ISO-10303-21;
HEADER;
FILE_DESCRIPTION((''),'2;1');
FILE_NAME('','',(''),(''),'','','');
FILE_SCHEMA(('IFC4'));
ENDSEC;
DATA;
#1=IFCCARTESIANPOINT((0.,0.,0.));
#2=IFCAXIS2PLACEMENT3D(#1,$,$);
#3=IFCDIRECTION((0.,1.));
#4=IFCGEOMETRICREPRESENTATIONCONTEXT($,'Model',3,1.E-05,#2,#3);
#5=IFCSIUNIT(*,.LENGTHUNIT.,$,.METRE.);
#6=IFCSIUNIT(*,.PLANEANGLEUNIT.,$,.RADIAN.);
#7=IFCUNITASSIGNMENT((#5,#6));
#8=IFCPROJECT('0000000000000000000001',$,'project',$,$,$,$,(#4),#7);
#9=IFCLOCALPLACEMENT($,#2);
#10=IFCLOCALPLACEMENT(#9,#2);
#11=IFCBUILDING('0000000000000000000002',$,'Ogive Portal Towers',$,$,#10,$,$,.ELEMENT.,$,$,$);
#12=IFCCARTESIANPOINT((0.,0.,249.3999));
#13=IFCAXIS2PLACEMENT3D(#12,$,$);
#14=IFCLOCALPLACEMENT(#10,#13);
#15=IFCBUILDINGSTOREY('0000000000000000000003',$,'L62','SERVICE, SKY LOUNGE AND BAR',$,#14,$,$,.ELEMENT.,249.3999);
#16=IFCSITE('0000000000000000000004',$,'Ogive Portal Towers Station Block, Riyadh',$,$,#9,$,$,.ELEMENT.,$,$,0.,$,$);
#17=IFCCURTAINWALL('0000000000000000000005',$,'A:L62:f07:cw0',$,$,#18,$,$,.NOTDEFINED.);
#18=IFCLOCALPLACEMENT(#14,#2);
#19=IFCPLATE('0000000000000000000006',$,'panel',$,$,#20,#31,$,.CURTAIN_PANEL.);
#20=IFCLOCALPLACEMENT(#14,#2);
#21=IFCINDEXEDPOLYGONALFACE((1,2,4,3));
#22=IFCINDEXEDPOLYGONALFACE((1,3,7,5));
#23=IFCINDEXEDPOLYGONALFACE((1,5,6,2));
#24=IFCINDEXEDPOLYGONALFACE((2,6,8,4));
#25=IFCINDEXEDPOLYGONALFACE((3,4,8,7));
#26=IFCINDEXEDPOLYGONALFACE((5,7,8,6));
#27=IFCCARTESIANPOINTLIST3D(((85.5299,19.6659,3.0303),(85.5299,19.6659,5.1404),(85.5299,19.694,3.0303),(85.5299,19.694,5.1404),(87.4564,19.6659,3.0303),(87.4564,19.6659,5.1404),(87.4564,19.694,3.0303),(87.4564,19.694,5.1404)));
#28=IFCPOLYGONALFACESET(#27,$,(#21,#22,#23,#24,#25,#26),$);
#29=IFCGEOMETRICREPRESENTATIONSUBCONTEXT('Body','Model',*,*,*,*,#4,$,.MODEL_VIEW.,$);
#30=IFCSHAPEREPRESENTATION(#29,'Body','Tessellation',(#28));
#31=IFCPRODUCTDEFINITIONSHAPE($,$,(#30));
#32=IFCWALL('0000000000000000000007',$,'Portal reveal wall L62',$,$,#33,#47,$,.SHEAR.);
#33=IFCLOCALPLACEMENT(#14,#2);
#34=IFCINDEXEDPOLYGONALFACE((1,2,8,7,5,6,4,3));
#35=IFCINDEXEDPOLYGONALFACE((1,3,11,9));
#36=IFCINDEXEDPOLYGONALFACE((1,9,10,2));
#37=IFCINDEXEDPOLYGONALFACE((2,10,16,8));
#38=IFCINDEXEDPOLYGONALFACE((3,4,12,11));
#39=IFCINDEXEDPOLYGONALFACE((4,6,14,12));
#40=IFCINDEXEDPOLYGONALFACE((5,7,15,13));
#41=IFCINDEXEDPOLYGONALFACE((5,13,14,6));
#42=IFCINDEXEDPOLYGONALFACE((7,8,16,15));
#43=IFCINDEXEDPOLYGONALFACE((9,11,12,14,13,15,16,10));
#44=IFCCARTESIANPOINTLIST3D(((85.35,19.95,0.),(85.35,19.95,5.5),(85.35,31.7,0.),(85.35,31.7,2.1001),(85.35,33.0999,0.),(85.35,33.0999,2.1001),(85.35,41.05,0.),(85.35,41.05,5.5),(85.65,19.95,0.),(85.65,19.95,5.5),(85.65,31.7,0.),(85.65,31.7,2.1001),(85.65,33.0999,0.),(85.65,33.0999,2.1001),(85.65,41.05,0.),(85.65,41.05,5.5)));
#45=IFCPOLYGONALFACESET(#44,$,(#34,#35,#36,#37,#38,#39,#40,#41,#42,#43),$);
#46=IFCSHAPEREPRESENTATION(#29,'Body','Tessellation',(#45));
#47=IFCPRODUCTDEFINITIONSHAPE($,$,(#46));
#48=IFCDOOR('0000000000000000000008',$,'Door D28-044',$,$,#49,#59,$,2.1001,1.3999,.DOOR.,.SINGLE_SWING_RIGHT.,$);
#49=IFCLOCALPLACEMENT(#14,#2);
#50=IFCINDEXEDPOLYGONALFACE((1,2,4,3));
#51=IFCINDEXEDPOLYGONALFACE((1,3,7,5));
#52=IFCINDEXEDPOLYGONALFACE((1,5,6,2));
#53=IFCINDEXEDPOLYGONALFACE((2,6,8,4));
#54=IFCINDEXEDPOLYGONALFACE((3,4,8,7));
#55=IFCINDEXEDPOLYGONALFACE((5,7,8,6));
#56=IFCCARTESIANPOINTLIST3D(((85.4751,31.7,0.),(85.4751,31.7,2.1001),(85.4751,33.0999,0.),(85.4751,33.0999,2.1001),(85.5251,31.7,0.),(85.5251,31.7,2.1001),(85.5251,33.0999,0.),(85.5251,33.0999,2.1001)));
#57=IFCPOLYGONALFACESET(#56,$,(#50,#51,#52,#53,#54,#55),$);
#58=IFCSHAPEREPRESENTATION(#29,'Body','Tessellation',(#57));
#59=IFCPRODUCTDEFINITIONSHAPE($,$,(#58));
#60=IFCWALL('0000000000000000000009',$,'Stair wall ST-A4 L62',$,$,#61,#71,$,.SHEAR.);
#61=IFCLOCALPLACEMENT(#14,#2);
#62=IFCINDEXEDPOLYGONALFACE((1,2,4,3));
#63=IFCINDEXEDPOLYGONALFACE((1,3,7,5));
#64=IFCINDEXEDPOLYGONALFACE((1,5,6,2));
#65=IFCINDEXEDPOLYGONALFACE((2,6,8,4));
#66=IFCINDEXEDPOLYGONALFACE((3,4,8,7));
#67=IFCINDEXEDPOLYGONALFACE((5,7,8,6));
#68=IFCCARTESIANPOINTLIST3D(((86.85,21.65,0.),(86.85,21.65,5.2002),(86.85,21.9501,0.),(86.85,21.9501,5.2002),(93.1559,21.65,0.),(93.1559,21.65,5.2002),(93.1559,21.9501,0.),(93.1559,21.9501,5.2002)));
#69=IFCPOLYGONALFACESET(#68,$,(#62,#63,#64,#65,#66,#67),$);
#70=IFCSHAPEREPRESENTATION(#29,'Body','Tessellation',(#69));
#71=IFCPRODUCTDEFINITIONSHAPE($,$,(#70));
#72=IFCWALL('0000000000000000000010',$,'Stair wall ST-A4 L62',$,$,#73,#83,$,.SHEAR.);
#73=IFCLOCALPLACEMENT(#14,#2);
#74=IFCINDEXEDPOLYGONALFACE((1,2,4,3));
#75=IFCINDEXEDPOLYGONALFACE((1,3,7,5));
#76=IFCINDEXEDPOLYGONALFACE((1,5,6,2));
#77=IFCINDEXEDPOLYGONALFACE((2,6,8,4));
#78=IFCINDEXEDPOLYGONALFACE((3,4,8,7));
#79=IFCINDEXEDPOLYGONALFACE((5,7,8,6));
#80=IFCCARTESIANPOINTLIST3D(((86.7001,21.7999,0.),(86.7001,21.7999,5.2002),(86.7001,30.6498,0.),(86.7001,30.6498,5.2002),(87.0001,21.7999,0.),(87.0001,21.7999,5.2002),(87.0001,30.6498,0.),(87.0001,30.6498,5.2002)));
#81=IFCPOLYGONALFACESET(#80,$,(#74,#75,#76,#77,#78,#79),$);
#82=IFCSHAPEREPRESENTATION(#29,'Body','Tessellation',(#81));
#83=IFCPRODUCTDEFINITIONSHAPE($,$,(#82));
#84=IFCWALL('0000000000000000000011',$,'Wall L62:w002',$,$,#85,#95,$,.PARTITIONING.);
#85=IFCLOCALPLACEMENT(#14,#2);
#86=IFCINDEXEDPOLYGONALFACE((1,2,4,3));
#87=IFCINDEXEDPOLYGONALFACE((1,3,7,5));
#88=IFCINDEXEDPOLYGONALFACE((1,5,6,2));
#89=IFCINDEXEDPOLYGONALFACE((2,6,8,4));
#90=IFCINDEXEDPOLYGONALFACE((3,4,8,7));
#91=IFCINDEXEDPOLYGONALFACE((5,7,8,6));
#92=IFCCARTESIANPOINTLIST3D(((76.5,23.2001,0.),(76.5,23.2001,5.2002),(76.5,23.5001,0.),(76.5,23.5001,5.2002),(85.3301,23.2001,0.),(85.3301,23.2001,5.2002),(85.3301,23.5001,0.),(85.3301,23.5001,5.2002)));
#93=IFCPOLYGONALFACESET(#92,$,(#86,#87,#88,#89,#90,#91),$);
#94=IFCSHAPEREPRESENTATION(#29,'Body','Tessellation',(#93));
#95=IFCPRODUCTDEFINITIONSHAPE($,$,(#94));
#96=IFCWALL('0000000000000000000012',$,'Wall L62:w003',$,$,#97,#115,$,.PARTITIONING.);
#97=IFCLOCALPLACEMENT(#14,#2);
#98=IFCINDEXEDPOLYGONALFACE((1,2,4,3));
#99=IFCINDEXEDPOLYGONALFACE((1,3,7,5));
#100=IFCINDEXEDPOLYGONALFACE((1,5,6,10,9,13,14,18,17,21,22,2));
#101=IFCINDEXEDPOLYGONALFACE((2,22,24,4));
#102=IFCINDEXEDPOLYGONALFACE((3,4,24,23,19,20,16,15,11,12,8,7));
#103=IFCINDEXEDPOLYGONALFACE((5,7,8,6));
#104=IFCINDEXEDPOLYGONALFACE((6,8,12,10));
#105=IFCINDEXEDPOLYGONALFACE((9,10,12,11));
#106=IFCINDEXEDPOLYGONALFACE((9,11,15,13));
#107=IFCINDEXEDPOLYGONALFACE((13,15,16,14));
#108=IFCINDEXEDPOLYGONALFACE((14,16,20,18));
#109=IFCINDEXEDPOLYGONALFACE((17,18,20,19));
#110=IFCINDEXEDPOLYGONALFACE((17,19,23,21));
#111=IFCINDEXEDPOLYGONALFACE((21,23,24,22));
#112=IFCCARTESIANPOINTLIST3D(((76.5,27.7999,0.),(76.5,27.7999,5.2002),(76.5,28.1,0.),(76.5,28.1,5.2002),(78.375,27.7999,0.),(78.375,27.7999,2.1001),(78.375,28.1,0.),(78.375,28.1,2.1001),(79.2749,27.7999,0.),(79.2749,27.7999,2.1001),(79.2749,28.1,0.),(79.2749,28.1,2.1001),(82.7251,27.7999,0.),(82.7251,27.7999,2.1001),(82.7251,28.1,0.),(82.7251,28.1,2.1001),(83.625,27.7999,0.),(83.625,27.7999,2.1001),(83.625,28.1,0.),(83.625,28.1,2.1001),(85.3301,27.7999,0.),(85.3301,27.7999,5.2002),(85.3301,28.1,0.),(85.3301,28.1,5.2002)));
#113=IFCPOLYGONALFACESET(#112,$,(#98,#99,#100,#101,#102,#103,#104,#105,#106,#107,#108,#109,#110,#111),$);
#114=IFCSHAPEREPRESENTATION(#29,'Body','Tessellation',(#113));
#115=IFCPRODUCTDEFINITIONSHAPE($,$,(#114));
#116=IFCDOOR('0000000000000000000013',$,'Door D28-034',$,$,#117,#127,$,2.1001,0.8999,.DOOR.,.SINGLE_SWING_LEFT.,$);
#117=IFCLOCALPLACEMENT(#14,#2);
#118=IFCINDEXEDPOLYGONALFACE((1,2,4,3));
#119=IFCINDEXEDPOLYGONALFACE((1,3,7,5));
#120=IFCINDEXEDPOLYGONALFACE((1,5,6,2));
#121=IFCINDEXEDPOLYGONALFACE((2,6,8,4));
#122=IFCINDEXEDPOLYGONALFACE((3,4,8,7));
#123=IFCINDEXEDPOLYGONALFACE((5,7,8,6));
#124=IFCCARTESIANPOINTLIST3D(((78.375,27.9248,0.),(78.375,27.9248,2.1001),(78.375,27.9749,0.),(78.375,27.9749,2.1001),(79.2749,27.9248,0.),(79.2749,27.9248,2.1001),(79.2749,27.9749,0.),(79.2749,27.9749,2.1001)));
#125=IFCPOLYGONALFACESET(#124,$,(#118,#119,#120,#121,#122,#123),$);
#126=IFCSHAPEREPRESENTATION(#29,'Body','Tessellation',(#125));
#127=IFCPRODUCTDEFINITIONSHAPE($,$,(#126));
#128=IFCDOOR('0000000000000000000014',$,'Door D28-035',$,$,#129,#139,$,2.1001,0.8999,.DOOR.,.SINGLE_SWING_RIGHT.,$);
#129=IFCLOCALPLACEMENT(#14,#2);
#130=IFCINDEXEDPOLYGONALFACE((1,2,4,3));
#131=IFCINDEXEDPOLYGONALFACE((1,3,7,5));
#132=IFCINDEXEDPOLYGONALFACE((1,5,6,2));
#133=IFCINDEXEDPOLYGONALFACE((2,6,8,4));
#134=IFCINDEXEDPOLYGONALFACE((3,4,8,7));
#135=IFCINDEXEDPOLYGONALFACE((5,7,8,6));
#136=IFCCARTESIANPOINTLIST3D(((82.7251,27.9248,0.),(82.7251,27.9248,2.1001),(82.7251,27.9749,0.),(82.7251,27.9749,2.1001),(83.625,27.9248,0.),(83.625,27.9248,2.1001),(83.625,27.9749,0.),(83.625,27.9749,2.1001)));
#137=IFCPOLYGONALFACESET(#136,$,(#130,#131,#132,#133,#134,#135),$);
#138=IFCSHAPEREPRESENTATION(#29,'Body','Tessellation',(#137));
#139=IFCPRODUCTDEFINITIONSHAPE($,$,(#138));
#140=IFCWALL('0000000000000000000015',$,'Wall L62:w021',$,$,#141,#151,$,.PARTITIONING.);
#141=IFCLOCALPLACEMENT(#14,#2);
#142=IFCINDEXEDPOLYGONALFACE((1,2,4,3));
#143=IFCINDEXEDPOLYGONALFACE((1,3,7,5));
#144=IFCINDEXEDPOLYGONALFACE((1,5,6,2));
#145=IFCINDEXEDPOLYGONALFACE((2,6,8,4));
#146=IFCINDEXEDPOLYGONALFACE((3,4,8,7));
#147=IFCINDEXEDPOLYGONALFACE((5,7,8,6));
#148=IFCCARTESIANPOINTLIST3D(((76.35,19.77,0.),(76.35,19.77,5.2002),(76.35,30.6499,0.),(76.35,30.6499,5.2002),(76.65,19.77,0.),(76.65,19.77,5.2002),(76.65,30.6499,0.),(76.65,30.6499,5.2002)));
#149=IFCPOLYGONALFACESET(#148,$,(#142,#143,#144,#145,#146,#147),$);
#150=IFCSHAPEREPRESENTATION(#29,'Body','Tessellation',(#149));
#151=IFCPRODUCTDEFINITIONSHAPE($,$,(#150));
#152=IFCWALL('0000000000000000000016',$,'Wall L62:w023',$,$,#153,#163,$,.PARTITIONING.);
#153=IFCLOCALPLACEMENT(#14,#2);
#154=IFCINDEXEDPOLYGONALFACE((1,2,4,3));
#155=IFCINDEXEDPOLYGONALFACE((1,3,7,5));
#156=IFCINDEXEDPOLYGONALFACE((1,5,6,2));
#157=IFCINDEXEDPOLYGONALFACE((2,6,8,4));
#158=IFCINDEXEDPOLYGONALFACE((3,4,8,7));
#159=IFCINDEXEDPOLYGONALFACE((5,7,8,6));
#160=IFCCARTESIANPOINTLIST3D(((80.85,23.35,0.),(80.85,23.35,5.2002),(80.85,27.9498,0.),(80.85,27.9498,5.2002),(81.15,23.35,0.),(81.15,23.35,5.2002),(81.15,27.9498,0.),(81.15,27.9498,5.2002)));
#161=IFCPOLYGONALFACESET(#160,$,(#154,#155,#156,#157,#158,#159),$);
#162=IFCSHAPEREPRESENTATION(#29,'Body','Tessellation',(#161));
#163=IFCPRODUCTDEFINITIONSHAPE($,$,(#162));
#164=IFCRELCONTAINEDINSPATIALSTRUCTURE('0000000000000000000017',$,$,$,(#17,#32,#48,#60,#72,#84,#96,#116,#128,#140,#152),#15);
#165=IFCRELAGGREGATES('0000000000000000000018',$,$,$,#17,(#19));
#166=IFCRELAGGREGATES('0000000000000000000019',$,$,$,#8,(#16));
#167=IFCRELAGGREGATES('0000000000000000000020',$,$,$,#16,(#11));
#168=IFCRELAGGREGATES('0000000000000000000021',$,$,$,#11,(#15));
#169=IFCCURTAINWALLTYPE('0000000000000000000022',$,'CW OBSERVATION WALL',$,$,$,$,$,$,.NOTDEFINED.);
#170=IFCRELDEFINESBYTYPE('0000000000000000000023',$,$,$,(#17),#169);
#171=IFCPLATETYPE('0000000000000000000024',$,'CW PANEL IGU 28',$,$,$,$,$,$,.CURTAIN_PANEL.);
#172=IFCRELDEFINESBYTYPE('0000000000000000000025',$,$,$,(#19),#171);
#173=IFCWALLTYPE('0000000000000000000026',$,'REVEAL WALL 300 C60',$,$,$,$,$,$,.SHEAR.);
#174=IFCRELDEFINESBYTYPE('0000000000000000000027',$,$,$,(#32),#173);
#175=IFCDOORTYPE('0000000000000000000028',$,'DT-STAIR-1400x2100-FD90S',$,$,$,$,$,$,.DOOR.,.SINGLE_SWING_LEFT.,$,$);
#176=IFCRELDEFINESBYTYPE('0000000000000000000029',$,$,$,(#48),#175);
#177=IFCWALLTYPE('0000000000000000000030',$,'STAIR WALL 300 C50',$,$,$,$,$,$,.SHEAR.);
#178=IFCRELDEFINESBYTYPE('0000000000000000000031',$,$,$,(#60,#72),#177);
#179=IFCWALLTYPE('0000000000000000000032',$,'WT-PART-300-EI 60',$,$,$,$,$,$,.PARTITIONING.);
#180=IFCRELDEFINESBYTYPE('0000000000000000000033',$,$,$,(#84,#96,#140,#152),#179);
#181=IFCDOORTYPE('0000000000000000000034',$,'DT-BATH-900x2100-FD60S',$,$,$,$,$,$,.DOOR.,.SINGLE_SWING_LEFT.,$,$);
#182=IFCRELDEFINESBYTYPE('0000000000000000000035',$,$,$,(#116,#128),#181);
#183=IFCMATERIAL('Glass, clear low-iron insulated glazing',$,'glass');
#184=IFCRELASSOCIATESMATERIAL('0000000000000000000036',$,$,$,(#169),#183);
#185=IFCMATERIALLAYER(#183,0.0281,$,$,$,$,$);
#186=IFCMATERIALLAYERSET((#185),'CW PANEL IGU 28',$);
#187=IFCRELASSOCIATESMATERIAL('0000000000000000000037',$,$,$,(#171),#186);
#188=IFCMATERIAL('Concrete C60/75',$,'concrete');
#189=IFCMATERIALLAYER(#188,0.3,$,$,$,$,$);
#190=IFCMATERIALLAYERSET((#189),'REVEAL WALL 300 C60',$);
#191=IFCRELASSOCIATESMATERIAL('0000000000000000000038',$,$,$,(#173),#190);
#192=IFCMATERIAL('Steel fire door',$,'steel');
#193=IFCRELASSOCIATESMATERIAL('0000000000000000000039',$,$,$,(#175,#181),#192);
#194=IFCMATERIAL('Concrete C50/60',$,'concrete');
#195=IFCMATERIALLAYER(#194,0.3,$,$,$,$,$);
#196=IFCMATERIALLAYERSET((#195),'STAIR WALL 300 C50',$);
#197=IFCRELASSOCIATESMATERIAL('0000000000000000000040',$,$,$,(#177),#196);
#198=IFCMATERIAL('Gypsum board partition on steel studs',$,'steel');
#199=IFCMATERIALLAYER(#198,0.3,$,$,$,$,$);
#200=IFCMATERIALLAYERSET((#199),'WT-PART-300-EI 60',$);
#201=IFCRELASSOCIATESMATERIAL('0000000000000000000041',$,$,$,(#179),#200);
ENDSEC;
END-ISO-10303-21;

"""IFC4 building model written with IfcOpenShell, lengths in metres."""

from ifc_helpers import new_model, si_unit, direction, frame, frame_2d, origin, origin_2d, place, context, subcontext, project, spatial, rectangle, extrude, material, layer, layer_set, type_object, element, fill, aggregate, save


model = new_model("IFC4")

# Units and contexts
model_context = context("Model", 3, precision=1e-05, world=origin(), true_north=direction((0.0, 1.0)))
body_context = subcontext(model_context, "Body", "Model", "MODEL_VIEW")
ifc_project = project(units=[si_unit("LENGTHUNIT", "METRE"), si_unit("PLANEANGLEUNIT", "RADIAN")], contexts=[model_context])

# Site, building, storey
site_placement = place(None, origin())
site = spatial("IfcSite", under=ifc_project, at=site_placement, Name="Ogive Portal Towers Station Block, Riyadh", CompositionType="ELEMENT", RefElevation=0.0)
building_placement = place(site_placement, origin())
building = spatial("IfcBuilding", under=site, at=building_placement, Name="Ogive Portal Towers", CompositionType="ELEMENT")
storey_placement = place(building_placement, frame((0.0, 0.0, 249.3999)))
storey = spatial("IfcBuildingStorey", under=building, at=storey_placement, Name="L62", Description="SERVICE, SKY LOUNGE AND BAR", CompositionType="ELEMENT", Elevation=249.3999)

# Shared definitions
ifc_material_1 = material(Name="Concrete C60/75", Category="concrete")

# Curtain wall, plate
ifc_material_2 = material(Name="Glass, clear low-iron insulated glazing", Category="glass")
curtain_wall_type = type_object("IfcCurtainWallType", Name="CW OBSERVATION WALL", PredefinedType="NOTDEFINED", material=ifc_material_2)
curtain_wall_placement = place(storey_placement, origin())
curtain_wall = element("IfcCurtainWall", 1, at=curtain_wall_placement, inside=storey, type_object=curtain_wall_type, Name="A:L62:f07:cw0", PredefinedType="NOTDEFINED")
ifc_layer_1 = layer(ifc_material_2, 0.0281)
ifc_layer_set_1 = layer_set([ifc_layer_1], Name="CW PANEL IGU 28")
plate_type = type_object("IfcPlateType", Name="CW PANEL IGU 28", PredefinedType="CURTAIN_PANEL", material=ifc_layer_set_1)
plate_1_placement = place(storey_placement, frame((86.4932, 19.6799, 3.0303), z_axis=(0.0, 0.0, 1.0), x_axis=(1.0, 0.0, 0.0)))
plate_1 = element("IfcPlate", 2, at=plate_1_placement, type_object=plate_type, Name="panel", PredefinedType="CURTAIN_PANEL", context=body_context, shape_type="SweptSolid", body=[
    extrude(rectangle(XDim=1.9265, YDim=0.0281, at=origin_2d()), origin(), (0.0, 0.0, 1.0), 2.1101),
])
aggregate(curtain_wall, [plate_1])

# Wall, opening, door
ifc_layer_2 = layer(ifc_material_1, 0.3)
ifc_layer_set_2 = layer_set([ifc_layer_2], Name="REVEAL WALL 300 C60")
wall_type_1 = type_object("IfcWallType", Name="REVEAL WALL 300 C60", PredefinedType="SHEAR", material=ifc_layer_set_2)
wall_1_placement = place(storey_placement, frame((85.5, 19.95, 0.0), z_axis=(0.0, 0.0, 1.0), x_axis=(0.0, 1.0, 0.0)))
wall_1 = element("IfcWall", 3, at=wall_1_placement, inside=storey, type_object=wall_type_1, Name="Portal reveal wall L62", PredefinedType="SHEAR", context=body_context, shape_type="SweptSolid", body=[
    extrude(rectangle(XDim=21.1001, YDim=0.3, at=frame_2d((10.55, 0.0))), origin(), (0.0, 0.0, 1.0), 5.5),
])
opening_1_placement = place(wall_1_placement, frame((11.75, 0.0, 0.0)))
opening_1 = element("IfcOpeningElement", 4, at=opening_1_placement, cuts=wall_1, PredefinedType="OPENING", context=body_context, shape_type="SweptSolid", body=[
    extrude(rectangle(XDim=1.3999, YDim=2.1001, at=frame_2d((0.7, 1.05))), frame((0.0, 0.1602, 0.0), z_axis=(0.0, -1.0, 0.0), x_axis=(1.0, 0.0, 0.0)), (0.0, 0.0, 1.0), 0.3201),
])
ifc_material_3 = material(Name="Steel fire door", Category="steel")
door_type_1 = type_object("IfcDoorType", Name="DT-STAIR-1400x2100-FD90S", OperationType="SINGLE_SWING_LEFT", PredefinedType="DOOR", material=ifc_material_3)
door_1_placement = place(opening_1_placement, origin())
door_1 = element("IfcDoor", 5, at=door_1_placement, inside=storey, type_object=door_type_1, Name="Door D28-044", OperationType="SINGLE_SWING_RIGHT", OverallHeight=2.1001, OverallWidth=1.3999, PredefinedType="DOOR", context=body_context, shape_type="SweptSolid", body=[
    extrude(rectangle(XDim=1.3999, YDim=2.1001, at=frame_2d((0.7, 1.05))), frame((0.0, 0.0249, 0.0), z_axis=(0.0, -1.0, 0.0), x_axis=(1.0, 0.0, 0.0)), (0.0, 0.0, 1.0), 0.05),
])
fill(opening_1, door_1)

# Walls
ifc_material_4 = material(Name="Concrete C50/60", Category="concrete")
ifc_layer_3 = layer(ifc_material_4, 0.3)
ifc_layer_set_3 = layer_set([ifc_layer_3], Name="STAIR WALL 300 C50")
wall_type_2 = type_object("IfcWallType", Name="STAIR WALL 300 C50", PredefinedType="SHEAR", material=ifc_layer_set_3)
wall_2_placement = place(storey_placement, frame((86.8501, 21.8, 0.0), z_axis=(0.0, 0.0, 1.0), x_axis=(1.0, 0.0, 0.0)))
element("IfcWall", 6, at=wall_2_placement, inside=storey, type_object=wall_type_2, Name="Stair wall ST-A4 L62", PredefinedType="SHEAR", context=body_context, shape_type="SweptSolid", body=[
    extrude(rectangle(XDim=6.3059, YDim=0.3, at=frame_2d((3.1528, 0.0))), origin(), (0.0, 0.0, 1.0), 5.2002),
])
wall_3_placement = place(storey_placement, frame((86.8501, 21.8, 0.0), z_axis=(0.0, 0.0, 1.0), x_axis=(0.0, 1.0, 0.0)))
element("IfcWall", 7, at=wall_3_placement, inside=storey, type_object=wall_type_2, Name="Stair wall ST-A4 L62", PredefinedType="SHEAR", context=body_context, shape_type="SweptSolid", body=[
    extrude(rectangle(XDim=8.8499, YDim=0.3, at=frame_2d((4.4248, 0.0))), origin(), (0.0, 0.0, 1.0), 5.2002),
])
ifc_material_5 = material(Name="Gypsum board partition on steel studs", Category="steel")
ifc_layer_4 = layer(ifc_material_5, 0.3)
ifc_layer_set_4 = layer_set([ifc_layer_4], Name="WT-PART-300-EI 60")
wall_type_3 = type_object("IfcWallType", Name="WT-PART-300-EI 60", PredefinedType="PARTITIONING", material=ifc_layer_set_4)
wall_4_placement = place(storey_placement, frame((76.5, 23.3501, 0.0), z_axis=(0.0, 0.0, 1.0), x_axis=(1.0, 0.0, 0.0)))
element("IfcWall", 8, at=wall_4_placement, inside=storey, type_object=wall_type_3, Name="Wall L62:w002", PredefinedType="PARTITIONING", context=body_context, shape_type="SweptSolid", body=[
    extrude(rectangle(XDim=8.8301, YDim=0.3, at=frame_2d((4.415, 0.0))), origin(), (0.0, 0.0, 1.0), 5.2002),
])

# Wall, openings, doors
wall_5_placement = place(storey_placement, frame((76.5, 27.95, 0.0), z_axis=(0.0, 0.0, 1.0), x_axis=(1.0, 0.0, 0.0)))
wall_5 = element("IfcWall", 9, at=wall_5_placement, inside=storey, type_object=wall_type_3, Name="Wall L62:w003", PredefinedType="PARTITIONING", context=body_context, shape_type="SweptSolid", body=[
    extrude(rectangle(XDim=8.8301, YDim=0.3, at=frame_2d((4.415, 0.0))), origin(), (0.0, 0.0, 1.0), 5.2002),
])
opening_2_placement = place(wall_5_placement, frame((1.875, 0.0, 0.0)))
opening_2 = element("IfcOpeningElement", 10, at=opening_2_placement, cuts=wall_5, PredefinedType="OPENING", context=body_context, shape_type="SweptSolid", body=[
    extrude(rectangle(XDim=0.8999, YDim=2.1001, at=frame_2d((0.45, 1.05))), frame((0.0, 0.1602, 0.0), z_axis=(0.0, -1.0, 0.0), x_axis=(1.0, 0.0, 0.0)), (0.0, 0.0, 1.0), 0.3201),
])
opening_3_placement = place(wall_5_placement, frame((6.2251, 0.0, 0.0)))
opening_3 = element("IfcOpeningElement", 11, at=opening_3_placement, cuts=wall_5, PredefinedType="OPENING", context=body_context, shape_type="SweptSolid", body=[
    extrude(rectangle(XDim=0.8999, YDim=2.1001, at=frame_2d((0.45, 1.05))), frame((0.0, 0.1602, 0.0), z_axis=(0.0, -1.0, 0.0), x_axis=(1.0, 0.0, 0.0)), (0.0, 0.0, 1.0), 0.3201),
])
door_type_2 = type_object("IfcDoorType", Name="DT-BATH-900x2100-FD60S", OperationType="SINGLE_SWING_LEFT", PredefinedType="DOOR", material=ifc_material_3)
door_2_placement = place(opening_2_placement, origin())
door_2 = element("IfcDoor", 12, at=door_2_placement, inside=storey, type_object=door_type_2, Name="Door D28-034", OperationType="SINGLE_SWING_LEFT", OverallHeight=2.1001, OverallWidth=0.8999, PredefinedType="DOOR", context=body_context, shape_type="SweptSolid", body=[
    extrude(rectangle(XDim=0.8999, YDim=2.1001, at=frame_2d((0.45, 1.05))), frame((0.0, 0.0249, 0.0), z_axis=(0.0, -1.0, 0.0), x_axis=(1.0, 0.0, 0.0)), (0.0, 0.0, 1.0), 0.05),
])
fill(opening_2, door_2)
door_3_placement = place(opening_3_placement, origin())
door_3 = element("IfcDoor", 13, at=door_3_placement, inside=storey, type_object=door_type_2, Name="Door D28-035", OperationType="SINGLE_SWING_RIGHT", OverallHeight=2.1001, OverallWidth=0.8999, PredefinedType="DOOR", context=body_context, shape_type="SweptSolid", body=[
    extrude(rectangle(XDim=0.8999, YDim=2.1001, at=frame_2d((0.45, 1.05))), frame((0.0, 0.0249, 0.0), z_axis=(0.0, -1.0, 0.0), x_axis=(1.0, 0.0, 0.0)), (0.0, 0.0, 1.0), 0.05),
])
fill(opening_3, door_3)

# Walls
wall_6_placement = place(storey_placement, frame((76.5, 19.77, 0.0), z_axis=(0.0, 0.0, 1.0), x_axis=(0.0, 1.0, 0.0)))
element("IfcWall", 14, at=wall_6_placement, inside=storey, type_object=wall_type_3, Name="Wall L62:w021", PredefinedType="PARTITIONING", context=body_context, shape_type="SweptSolid", body=[
    extrude(rectangle(XDim=10.8799, YDim=0.3, at=frame_2d((5.4399, 0.0))), origin(), (0.0, 0.0, 1.0), 5.2002),
])
wall_7_placement = place(storey_placement, frame((81.0, 23.3501, 0.0), z_axis=(0.0, 0.0, 1.0), x_axis=(0.0, 1.0, 0.0)))
element("IfcWall", 15, at=wall_7_placement, inside=storey, type_object=wall_type_3, Name="Wall L62:w023", PredefinedType="PARTITIONING", context=body_context, shape_type="SweptSolid", body=[
    extrude(rectangle(XDim=4.5999, YDim=0.3, at=frame_2d((2.2998, 0.0))), origin(), (0.0, 0.0, 1.0), 5.2002),
])

save(model, "model.ifc")
